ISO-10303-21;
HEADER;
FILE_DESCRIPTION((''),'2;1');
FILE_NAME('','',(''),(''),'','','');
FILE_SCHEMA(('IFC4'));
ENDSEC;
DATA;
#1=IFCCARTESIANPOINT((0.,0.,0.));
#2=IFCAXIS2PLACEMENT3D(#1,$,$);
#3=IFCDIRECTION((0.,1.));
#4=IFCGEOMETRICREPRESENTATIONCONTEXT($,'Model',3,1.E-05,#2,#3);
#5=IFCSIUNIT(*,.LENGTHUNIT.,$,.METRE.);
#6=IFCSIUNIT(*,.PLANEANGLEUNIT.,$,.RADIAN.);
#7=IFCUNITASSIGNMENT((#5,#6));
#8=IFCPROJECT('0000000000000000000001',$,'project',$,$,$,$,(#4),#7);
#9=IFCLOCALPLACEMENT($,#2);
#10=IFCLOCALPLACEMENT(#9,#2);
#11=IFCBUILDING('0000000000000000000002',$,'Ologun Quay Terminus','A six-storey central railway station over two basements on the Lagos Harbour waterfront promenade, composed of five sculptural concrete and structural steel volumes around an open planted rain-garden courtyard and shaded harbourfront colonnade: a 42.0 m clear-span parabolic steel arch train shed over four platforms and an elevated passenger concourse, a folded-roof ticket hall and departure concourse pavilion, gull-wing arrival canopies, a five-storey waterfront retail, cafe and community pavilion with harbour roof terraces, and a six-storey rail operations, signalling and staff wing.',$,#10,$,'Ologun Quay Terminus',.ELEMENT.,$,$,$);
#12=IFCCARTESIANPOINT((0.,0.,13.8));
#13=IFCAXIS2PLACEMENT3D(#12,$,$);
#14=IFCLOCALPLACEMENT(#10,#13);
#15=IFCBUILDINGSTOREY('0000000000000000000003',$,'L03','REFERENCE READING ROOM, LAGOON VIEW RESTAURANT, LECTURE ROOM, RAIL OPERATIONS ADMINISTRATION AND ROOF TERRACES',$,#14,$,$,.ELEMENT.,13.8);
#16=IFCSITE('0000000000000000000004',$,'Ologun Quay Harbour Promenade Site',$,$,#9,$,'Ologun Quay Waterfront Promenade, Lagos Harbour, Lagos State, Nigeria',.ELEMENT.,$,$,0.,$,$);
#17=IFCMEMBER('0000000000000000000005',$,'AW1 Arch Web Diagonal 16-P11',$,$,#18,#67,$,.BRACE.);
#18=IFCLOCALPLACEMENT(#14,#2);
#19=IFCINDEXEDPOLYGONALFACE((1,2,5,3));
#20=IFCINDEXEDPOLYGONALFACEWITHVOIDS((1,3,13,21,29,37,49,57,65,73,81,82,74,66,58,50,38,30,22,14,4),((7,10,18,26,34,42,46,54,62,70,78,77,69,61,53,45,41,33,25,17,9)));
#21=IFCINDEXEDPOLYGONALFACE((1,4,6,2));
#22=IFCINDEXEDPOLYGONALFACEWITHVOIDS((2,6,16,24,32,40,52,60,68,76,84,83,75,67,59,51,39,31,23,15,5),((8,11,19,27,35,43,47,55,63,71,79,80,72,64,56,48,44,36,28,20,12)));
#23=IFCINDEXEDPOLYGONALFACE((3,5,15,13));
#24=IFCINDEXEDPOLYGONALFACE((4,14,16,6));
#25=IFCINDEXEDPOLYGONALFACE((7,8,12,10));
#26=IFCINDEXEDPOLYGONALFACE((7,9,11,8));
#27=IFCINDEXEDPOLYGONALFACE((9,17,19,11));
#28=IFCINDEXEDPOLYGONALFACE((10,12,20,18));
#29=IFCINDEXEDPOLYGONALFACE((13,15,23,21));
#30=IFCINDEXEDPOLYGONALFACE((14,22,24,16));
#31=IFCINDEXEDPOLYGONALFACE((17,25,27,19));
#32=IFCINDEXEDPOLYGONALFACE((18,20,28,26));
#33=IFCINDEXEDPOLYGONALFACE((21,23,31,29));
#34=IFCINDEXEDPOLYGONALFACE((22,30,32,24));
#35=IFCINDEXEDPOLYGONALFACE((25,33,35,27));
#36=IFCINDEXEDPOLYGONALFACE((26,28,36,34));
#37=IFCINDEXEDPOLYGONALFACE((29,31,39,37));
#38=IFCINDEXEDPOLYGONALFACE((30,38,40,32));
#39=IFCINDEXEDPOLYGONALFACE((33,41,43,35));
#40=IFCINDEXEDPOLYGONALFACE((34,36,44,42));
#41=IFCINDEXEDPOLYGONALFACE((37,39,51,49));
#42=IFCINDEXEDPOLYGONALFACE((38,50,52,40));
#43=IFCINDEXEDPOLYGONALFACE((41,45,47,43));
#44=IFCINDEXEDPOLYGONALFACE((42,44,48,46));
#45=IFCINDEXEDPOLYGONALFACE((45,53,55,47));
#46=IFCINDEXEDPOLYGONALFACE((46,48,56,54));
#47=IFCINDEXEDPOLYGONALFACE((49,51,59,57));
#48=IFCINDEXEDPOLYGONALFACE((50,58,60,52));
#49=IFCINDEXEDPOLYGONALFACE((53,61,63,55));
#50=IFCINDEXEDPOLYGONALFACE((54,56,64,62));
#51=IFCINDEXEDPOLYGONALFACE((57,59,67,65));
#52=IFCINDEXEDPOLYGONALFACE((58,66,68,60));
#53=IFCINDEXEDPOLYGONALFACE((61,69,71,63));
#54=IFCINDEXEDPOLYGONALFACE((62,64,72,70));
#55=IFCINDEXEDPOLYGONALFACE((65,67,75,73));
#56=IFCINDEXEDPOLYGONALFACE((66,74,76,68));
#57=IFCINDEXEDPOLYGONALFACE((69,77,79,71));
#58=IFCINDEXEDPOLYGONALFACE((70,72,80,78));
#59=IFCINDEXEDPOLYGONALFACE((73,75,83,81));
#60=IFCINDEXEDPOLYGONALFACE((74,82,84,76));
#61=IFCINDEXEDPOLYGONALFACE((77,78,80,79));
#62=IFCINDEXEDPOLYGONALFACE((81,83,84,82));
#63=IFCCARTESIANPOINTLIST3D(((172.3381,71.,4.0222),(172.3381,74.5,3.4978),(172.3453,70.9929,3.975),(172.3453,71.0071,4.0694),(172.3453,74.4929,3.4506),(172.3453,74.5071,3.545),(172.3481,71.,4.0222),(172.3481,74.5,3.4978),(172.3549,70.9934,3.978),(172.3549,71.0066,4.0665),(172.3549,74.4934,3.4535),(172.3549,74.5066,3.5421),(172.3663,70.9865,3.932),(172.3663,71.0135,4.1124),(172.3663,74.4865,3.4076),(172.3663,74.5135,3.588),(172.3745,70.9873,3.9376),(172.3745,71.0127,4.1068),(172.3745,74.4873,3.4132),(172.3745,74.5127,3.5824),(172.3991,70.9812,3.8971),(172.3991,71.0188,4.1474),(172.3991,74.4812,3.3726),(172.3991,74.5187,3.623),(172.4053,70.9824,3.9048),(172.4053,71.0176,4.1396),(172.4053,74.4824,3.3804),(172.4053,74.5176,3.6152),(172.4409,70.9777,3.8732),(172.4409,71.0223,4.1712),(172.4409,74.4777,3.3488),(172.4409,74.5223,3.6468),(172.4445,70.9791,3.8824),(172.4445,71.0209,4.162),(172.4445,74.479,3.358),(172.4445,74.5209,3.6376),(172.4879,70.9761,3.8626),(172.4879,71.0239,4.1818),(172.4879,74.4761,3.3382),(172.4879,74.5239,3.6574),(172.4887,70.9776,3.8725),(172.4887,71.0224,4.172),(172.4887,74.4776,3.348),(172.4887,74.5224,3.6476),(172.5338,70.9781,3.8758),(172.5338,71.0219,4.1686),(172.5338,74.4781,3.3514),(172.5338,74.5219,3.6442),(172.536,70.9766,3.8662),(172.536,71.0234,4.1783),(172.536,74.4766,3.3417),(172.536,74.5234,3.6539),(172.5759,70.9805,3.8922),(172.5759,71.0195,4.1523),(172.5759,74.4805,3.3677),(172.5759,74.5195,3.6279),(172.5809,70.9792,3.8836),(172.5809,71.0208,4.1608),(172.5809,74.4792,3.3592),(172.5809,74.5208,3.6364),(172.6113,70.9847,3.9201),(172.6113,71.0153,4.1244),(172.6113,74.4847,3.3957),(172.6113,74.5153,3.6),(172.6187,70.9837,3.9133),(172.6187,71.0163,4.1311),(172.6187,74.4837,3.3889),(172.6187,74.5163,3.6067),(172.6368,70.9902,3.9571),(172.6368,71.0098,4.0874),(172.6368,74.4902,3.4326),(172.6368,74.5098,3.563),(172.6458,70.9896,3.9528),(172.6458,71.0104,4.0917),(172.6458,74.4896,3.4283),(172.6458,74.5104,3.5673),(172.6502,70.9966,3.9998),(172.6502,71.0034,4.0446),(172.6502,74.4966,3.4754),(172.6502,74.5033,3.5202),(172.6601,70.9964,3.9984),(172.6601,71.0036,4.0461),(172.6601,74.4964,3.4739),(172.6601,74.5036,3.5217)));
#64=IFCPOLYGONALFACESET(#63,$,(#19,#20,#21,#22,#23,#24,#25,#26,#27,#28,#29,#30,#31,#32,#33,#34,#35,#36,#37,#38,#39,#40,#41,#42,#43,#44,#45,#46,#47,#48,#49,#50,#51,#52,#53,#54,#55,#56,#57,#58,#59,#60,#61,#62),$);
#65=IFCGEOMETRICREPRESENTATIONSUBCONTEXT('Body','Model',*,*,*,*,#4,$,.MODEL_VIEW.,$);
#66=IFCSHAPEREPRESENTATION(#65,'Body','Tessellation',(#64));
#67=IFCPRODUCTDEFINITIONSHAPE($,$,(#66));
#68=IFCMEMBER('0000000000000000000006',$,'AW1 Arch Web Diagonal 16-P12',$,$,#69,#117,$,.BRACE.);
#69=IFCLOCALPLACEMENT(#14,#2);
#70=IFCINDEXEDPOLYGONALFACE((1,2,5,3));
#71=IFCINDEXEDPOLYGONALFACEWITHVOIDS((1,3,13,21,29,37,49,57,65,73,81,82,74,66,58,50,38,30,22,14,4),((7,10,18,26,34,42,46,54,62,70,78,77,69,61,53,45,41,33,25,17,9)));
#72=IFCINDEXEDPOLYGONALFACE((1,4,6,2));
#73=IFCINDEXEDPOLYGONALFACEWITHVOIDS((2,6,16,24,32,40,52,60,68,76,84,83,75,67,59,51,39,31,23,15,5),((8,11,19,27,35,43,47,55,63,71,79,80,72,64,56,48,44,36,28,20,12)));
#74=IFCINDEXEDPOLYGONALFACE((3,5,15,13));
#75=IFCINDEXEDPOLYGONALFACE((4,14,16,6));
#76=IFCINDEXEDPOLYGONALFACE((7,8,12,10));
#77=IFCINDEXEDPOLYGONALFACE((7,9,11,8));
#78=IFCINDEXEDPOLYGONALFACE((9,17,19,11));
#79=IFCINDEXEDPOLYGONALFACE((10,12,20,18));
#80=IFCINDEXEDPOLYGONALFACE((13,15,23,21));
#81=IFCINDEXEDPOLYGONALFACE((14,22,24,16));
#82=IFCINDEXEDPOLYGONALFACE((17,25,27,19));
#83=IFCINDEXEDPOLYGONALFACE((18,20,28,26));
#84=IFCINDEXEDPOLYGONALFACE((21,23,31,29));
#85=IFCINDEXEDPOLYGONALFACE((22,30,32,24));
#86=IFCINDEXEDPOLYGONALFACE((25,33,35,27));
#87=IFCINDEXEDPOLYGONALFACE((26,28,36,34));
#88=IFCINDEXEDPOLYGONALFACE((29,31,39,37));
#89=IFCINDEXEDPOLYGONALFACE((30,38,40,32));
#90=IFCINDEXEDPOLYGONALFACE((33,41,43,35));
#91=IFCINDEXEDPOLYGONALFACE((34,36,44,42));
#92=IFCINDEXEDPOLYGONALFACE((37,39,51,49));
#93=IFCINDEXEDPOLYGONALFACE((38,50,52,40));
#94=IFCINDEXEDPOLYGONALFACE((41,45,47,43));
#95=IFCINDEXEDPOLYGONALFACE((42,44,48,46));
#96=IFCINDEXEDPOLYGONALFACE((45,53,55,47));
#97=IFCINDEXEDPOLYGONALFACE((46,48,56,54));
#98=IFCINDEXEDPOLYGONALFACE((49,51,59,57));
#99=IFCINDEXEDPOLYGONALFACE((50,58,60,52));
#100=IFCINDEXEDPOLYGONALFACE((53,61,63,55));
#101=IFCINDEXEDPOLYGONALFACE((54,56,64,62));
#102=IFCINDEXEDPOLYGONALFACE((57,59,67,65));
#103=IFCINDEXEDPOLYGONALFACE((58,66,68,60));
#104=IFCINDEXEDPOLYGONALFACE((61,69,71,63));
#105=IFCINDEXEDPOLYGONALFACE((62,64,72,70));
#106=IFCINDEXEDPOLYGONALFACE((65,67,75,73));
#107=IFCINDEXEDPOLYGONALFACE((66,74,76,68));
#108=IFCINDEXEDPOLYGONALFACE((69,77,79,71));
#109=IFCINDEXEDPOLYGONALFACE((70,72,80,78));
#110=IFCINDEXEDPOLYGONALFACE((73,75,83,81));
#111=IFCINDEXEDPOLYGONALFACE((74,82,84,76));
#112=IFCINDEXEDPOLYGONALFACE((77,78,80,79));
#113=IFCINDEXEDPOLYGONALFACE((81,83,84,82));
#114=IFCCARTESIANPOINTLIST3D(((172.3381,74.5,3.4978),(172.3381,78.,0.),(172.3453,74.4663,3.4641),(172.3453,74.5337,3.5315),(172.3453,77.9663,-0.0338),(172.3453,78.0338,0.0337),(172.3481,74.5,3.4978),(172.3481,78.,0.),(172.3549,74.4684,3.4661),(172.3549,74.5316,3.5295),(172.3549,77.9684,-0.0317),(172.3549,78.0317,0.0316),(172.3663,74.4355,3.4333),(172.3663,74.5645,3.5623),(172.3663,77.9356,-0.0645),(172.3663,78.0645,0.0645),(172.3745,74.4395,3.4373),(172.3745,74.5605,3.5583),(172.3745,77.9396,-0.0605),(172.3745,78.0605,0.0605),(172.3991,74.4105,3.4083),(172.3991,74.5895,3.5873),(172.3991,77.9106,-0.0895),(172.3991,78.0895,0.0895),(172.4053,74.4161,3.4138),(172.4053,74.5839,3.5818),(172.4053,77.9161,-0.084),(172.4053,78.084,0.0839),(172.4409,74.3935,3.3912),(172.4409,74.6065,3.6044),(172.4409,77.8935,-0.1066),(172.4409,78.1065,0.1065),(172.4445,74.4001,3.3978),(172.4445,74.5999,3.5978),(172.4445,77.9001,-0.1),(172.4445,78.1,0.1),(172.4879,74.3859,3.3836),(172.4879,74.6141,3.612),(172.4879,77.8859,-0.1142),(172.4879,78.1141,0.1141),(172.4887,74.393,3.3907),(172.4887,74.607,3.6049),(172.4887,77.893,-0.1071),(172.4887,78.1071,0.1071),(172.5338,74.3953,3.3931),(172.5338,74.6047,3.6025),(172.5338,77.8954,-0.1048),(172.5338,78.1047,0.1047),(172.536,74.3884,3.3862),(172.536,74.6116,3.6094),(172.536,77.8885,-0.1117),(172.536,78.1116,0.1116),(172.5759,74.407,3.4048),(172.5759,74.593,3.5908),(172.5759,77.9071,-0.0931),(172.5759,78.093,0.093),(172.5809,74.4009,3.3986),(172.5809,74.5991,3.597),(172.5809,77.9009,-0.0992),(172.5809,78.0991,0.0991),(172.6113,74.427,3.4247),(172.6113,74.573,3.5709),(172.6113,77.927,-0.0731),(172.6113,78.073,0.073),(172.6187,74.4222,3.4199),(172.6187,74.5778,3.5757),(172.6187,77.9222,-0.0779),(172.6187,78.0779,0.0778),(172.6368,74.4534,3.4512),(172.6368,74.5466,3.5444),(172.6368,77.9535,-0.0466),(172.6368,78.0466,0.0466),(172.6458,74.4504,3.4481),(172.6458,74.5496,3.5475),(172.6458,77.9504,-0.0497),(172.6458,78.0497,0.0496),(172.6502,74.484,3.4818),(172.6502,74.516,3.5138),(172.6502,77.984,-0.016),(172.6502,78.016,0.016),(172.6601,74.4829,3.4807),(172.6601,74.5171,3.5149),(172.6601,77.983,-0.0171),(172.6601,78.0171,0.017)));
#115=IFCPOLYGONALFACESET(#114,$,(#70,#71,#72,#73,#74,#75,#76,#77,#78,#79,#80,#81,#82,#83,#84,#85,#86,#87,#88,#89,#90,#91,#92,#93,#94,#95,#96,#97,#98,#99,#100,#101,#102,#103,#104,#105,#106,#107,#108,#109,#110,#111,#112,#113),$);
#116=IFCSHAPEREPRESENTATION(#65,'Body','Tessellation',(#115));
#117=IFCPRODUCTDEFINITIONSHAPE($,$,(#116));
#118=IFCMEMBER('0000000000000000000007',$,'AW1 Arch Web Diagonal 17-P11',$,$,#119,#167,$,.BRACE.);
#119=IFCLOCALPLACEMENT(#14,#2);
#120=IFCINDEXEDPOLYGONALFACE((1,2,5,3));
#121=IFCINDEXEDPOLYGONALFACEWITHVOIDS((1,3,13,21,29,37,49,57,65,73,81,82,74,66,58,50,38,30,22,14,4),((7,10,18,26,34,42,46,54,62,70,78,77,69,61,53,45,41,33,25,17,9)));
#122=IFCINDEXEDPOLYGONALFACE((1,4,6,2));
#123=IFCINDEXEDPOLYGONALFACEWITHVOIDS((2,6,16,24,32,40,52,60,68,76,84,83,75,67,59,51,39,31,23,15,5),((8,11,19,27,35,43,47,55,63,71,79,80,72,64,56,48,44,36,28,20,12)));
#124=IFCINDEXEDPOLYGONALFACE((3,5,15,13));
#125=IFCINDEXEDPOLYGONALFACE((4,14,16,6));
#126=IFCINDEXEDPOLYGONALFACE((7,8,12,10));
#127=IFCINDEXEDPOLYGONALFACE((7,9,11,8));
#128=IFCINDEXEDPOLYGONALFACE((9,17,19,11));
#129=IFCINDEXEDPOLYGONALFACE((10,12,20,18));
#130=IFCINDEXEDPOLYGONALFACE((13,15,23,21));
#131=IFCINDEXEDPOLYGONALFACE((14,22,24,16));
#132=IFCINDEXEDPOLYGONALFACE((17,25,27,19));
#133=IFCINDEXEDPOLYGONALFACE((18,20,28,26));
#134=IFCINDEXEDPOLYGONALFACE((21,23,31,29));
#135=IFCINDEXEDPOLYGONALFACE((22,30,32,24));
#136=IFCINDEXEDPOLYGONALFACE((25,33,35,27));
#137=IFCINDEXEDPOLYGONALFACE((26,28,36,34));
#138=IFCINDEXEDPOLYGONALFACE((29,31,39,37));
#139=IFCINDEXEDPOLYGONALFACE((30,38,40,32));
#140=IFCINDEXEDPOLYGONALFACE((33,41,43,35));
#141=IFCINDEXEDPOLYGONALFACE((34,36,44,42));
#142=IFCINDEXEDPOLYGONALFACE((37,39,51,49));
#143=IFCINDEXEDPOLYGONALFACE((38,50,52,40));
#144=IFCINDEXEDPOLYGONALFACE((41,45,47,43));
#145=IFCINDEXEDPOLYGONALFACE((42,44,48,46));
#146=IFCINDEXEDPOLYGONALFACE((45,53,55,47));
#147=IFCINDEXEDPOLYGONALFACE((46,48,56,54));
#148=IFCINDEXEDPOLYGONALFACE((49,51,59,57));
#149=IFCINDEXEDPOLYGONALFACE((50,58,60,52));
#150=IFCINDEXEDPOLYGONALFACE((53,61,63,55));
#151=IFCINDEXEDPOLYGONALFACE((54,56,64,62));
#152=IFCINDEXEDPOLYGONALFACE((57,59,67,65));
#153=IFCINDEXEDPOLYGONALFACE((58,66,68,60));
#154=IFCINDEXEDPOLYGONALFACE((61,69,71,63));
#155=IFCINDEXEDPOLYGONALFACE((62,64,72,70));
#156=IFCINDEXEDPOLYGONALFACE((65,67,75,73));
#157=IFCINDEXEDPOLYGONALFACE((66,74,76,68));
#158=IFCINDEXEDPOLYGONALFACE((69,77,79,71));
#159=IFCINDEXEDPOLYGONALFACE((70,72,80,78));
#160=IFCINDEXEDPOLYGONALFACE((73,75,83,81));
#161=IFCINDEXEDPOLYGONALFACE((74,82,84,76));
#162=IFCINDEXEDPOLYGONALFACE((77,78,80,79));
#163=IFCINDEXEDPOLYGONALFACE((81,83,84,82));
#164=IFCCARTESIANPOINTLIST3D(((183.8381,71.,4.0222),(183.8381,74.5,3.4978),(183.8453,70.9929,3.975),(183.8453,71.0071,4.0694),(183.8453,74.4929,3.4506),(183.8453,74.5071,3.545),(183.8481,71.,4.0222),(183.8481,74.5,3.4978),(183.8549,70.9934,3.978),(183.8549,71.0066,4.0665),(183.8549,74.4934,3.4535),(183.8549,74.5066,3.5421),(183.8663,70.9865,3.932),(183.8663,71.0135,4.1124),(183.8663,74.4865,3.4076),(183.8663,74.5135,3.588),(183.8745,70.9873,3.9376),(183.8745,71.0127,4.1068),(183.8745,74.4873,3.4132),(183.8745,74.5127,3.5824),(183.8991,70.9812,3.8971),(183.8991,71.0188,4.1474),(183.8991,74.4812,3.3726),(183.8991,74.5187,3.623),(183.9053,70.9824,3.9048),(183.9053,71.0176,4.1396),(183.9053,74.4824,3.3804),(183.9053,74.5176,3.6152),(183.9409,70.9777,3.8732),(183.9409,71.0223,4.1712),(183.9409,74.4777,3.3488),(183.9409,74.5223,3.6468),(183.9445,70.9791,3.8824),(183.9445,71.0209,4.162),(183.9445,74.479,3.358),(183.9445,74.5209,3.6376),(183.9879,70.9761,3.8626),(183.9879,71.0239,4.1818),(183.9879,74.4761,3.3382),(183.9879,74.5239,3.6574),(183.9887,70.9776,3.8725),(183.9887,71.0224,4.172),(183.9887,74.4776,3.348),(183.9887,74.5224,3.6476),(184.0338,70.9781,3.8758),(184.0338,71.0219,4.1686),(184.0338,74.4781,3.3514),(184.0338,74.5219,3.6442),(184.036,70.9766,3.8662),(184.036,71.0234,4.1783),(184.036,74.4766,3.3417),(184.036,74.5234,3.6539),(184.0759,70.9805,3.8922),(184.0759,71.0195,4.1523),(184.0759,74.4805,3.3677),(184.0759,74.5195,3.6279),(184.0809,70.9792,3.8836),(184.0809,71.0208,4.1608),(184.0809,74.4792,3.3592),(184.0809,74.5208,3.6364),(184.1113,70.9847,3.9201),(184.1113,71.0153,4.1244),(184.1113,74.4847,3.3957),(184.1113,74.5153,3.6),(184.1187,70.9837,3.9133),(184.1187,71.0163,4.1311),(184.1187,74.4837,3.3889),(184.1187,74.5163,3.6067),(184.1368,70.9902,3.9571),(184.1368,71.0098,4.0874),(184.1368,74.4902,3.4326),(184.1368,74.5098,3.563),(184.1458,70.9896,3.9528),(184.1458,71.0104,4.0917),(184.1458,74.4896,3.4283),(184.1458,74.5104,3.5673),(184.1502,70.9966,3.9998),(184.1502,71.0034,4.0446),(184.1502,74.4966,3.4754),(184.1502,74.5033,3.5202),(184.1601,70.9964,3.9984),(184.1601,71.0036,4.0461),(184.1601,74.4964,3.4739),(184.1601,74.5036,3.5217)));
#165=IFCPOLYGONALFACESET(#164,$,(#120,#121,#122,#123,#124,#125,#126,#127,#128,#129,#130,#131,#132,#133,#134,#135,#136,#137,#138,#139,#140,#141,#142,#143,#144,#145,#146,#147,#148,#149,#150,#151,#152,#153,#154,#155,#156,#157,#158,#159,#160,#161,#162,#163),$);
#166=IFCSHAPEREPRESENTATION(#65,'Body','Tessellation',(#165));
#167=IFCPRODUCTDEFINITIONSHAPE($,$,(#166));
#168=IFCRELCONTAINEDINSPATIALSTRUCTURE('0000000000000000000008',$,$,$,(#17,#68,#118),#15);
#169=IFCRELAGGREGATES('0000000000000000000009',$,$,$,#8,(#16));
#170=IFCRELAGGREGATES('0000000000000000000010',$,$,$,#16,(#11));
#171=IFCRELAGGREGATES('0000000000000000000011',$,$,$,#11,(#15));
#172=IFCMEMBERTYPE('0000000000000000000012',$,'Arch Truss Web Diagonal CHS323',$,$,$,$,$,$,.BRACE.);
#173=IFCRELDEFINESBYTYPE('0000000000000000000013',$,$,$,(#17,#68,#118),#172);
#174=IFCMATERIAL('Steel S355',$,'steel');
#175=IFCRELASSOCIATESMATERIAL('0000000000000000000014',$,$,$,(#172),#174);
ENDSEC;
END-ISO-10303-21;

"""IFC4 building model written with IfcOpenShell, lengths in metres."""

from ifc_helpers import new_model, si_unit, direction, frame, origin, origin_2d, place, context, subcontext, project, spatial, hollow_circle, extrude, material, material_profile, profile_set, type_object, element, save


model = new_model("IFC4")

# Units and contexts
model_context = context("Model", 3, precision=1e-05, world=origin(), true_north=direction((0.0, 1.0)))
body_context = subcontext(model_context, "Body", "Model", "MODEL_VIEW")
ifc_project = project(units=[si_unit("LENGTHUNIT", "METRE"), si_unit("PLANEANGLEUNIT", "RADIAN")], contexts=[model_context])

# Site, building, storey
site_placement = place(None, origin())
site = spatial("IfcSite", under=ifc_project, at=site_placement, Name="Ologun Quay Harbour Promenade Site", LongName="Ologun Quay Waterfront Promenade, Lagos Harbour, Lagos State, Nigeria", CompositionType="ELEMENT", RefElevation=0.0)
building_placement = place(site_placement, origin())
building = spatial("IfcBuilding", under=site, at=building_placement, Name="Ologun Quay Terminus", Description="A six-storey central railway station over two basements on the Lagos Harbour waterfront promenade, composed of five sculptural concrete and structural steel volumes around an open planted rain-garden courtyard and shaded harbourfront colonnade: a 42.0 m clear-span parabolic steel arch train shed over four platforms and an elevated passenger concourse, a folded-roof ticket hall and departure concourse pavilion, gull-wing arrival canopies, a five-storey waterfront retail, cafe and community pavilion with harbour roof terraces, and a six-storey rail operations, signalling and staff wing.", LongName="Ologun Quay Terminus", CompositionType="ELEMENT")
storey_placement = place(building_placement, frame((0.0, 0.0, 13.8)))
storey = spatial("IfcBuildingStorey", under=building, at=storey_placement, Name="L03", Description="REFERENCE READING ROOM, LAGOON VIEW RESTAURANT, LECTURE ROOM, RAIL OPERATIONS ADMINISTRATION AND ROOF TERRACES", CompositionType="ELEMENT", Elevation=13.8)

# Members
ifc_material_1 = material(Name="Steel S355", Category="steel")
ifc_material_profile_1 = material_profile(ifc_material_1, hollow_circle(Radius=0.1619, WallThickness=0.01, at=origin_2d()), Name="CHS 323.9x10")
ifc_profile_set_1 = profile_set([ifc_material_profile_1], Name="Steel S355")
member_type_1 = type_object("IfcMemberType", Name="Arch Truss Web Diagonal CHS323", PredefinedType="BRACE", material=ifc_profile_set_1)
member_1_placement = place(storey_placement, frame((172.5, 71.0, 4.0222), z_axis=(0.0, 0.988961, -0.148179), x_axis=(-1.0, 0.0, 0.0)))
element("IfcMember", 1, at=member_1_placement, inside=storey, type_object=member_type_1, Name="AW1 Arch Web Diagonal 16-P11", PredefinedType="BRACE", context=body_context, shape_type="SweptSolid", body=[
    extrude(hollow_circle(Radius=0.1619, WallThickness=0.01, at=origin_2d()), origin(), (0.0, 0.0, 1.0), 3.5391),
])
member_2_placement = place(storey_placement, frame((172.5, 74.5, 3.4978), z_axis=(0.0, 0.707329, -0.706885), x_axis=(-1.0, 0.0, 0.0)))
element("IfcMember", 2, at=member_2_placement, inside=storey, type_object=member_type_1, Name="AW1 Arch Web Diagonal 16-P12", PredefinedType="BRACE", context=body_context, shape_type="SweptSolid", body=[
    extrude(hollow_circle(Radius=0.1619, WallThickness=0.01, at=origin_2d()), origin(), (0.0, 0.0, 1.0), 4.9482),
])
member_3_placement = place(storey_placement, frame((184.0, 71.0, 4.0222), z_axis=(0.0, 0.988961, -0.148179), x_axis=(-1.0, 0.0, 0.0)))
element("IfcMember", 3, at=member_3_placement, inside=storey, type_object=member_type_1, Name="AW1 Arch Web Diagonal 17-P11", PredefinedType="BRACE", context=body_context, shape_type="SweptSolid", body=[
    extrude(hollow_circle(Radius=0.1619, WallThickness=0.01, at=origin_2d()), origin(), (0.0, 0.0, 1.0), 3.5391),
])

save(model, "model.ifc")
